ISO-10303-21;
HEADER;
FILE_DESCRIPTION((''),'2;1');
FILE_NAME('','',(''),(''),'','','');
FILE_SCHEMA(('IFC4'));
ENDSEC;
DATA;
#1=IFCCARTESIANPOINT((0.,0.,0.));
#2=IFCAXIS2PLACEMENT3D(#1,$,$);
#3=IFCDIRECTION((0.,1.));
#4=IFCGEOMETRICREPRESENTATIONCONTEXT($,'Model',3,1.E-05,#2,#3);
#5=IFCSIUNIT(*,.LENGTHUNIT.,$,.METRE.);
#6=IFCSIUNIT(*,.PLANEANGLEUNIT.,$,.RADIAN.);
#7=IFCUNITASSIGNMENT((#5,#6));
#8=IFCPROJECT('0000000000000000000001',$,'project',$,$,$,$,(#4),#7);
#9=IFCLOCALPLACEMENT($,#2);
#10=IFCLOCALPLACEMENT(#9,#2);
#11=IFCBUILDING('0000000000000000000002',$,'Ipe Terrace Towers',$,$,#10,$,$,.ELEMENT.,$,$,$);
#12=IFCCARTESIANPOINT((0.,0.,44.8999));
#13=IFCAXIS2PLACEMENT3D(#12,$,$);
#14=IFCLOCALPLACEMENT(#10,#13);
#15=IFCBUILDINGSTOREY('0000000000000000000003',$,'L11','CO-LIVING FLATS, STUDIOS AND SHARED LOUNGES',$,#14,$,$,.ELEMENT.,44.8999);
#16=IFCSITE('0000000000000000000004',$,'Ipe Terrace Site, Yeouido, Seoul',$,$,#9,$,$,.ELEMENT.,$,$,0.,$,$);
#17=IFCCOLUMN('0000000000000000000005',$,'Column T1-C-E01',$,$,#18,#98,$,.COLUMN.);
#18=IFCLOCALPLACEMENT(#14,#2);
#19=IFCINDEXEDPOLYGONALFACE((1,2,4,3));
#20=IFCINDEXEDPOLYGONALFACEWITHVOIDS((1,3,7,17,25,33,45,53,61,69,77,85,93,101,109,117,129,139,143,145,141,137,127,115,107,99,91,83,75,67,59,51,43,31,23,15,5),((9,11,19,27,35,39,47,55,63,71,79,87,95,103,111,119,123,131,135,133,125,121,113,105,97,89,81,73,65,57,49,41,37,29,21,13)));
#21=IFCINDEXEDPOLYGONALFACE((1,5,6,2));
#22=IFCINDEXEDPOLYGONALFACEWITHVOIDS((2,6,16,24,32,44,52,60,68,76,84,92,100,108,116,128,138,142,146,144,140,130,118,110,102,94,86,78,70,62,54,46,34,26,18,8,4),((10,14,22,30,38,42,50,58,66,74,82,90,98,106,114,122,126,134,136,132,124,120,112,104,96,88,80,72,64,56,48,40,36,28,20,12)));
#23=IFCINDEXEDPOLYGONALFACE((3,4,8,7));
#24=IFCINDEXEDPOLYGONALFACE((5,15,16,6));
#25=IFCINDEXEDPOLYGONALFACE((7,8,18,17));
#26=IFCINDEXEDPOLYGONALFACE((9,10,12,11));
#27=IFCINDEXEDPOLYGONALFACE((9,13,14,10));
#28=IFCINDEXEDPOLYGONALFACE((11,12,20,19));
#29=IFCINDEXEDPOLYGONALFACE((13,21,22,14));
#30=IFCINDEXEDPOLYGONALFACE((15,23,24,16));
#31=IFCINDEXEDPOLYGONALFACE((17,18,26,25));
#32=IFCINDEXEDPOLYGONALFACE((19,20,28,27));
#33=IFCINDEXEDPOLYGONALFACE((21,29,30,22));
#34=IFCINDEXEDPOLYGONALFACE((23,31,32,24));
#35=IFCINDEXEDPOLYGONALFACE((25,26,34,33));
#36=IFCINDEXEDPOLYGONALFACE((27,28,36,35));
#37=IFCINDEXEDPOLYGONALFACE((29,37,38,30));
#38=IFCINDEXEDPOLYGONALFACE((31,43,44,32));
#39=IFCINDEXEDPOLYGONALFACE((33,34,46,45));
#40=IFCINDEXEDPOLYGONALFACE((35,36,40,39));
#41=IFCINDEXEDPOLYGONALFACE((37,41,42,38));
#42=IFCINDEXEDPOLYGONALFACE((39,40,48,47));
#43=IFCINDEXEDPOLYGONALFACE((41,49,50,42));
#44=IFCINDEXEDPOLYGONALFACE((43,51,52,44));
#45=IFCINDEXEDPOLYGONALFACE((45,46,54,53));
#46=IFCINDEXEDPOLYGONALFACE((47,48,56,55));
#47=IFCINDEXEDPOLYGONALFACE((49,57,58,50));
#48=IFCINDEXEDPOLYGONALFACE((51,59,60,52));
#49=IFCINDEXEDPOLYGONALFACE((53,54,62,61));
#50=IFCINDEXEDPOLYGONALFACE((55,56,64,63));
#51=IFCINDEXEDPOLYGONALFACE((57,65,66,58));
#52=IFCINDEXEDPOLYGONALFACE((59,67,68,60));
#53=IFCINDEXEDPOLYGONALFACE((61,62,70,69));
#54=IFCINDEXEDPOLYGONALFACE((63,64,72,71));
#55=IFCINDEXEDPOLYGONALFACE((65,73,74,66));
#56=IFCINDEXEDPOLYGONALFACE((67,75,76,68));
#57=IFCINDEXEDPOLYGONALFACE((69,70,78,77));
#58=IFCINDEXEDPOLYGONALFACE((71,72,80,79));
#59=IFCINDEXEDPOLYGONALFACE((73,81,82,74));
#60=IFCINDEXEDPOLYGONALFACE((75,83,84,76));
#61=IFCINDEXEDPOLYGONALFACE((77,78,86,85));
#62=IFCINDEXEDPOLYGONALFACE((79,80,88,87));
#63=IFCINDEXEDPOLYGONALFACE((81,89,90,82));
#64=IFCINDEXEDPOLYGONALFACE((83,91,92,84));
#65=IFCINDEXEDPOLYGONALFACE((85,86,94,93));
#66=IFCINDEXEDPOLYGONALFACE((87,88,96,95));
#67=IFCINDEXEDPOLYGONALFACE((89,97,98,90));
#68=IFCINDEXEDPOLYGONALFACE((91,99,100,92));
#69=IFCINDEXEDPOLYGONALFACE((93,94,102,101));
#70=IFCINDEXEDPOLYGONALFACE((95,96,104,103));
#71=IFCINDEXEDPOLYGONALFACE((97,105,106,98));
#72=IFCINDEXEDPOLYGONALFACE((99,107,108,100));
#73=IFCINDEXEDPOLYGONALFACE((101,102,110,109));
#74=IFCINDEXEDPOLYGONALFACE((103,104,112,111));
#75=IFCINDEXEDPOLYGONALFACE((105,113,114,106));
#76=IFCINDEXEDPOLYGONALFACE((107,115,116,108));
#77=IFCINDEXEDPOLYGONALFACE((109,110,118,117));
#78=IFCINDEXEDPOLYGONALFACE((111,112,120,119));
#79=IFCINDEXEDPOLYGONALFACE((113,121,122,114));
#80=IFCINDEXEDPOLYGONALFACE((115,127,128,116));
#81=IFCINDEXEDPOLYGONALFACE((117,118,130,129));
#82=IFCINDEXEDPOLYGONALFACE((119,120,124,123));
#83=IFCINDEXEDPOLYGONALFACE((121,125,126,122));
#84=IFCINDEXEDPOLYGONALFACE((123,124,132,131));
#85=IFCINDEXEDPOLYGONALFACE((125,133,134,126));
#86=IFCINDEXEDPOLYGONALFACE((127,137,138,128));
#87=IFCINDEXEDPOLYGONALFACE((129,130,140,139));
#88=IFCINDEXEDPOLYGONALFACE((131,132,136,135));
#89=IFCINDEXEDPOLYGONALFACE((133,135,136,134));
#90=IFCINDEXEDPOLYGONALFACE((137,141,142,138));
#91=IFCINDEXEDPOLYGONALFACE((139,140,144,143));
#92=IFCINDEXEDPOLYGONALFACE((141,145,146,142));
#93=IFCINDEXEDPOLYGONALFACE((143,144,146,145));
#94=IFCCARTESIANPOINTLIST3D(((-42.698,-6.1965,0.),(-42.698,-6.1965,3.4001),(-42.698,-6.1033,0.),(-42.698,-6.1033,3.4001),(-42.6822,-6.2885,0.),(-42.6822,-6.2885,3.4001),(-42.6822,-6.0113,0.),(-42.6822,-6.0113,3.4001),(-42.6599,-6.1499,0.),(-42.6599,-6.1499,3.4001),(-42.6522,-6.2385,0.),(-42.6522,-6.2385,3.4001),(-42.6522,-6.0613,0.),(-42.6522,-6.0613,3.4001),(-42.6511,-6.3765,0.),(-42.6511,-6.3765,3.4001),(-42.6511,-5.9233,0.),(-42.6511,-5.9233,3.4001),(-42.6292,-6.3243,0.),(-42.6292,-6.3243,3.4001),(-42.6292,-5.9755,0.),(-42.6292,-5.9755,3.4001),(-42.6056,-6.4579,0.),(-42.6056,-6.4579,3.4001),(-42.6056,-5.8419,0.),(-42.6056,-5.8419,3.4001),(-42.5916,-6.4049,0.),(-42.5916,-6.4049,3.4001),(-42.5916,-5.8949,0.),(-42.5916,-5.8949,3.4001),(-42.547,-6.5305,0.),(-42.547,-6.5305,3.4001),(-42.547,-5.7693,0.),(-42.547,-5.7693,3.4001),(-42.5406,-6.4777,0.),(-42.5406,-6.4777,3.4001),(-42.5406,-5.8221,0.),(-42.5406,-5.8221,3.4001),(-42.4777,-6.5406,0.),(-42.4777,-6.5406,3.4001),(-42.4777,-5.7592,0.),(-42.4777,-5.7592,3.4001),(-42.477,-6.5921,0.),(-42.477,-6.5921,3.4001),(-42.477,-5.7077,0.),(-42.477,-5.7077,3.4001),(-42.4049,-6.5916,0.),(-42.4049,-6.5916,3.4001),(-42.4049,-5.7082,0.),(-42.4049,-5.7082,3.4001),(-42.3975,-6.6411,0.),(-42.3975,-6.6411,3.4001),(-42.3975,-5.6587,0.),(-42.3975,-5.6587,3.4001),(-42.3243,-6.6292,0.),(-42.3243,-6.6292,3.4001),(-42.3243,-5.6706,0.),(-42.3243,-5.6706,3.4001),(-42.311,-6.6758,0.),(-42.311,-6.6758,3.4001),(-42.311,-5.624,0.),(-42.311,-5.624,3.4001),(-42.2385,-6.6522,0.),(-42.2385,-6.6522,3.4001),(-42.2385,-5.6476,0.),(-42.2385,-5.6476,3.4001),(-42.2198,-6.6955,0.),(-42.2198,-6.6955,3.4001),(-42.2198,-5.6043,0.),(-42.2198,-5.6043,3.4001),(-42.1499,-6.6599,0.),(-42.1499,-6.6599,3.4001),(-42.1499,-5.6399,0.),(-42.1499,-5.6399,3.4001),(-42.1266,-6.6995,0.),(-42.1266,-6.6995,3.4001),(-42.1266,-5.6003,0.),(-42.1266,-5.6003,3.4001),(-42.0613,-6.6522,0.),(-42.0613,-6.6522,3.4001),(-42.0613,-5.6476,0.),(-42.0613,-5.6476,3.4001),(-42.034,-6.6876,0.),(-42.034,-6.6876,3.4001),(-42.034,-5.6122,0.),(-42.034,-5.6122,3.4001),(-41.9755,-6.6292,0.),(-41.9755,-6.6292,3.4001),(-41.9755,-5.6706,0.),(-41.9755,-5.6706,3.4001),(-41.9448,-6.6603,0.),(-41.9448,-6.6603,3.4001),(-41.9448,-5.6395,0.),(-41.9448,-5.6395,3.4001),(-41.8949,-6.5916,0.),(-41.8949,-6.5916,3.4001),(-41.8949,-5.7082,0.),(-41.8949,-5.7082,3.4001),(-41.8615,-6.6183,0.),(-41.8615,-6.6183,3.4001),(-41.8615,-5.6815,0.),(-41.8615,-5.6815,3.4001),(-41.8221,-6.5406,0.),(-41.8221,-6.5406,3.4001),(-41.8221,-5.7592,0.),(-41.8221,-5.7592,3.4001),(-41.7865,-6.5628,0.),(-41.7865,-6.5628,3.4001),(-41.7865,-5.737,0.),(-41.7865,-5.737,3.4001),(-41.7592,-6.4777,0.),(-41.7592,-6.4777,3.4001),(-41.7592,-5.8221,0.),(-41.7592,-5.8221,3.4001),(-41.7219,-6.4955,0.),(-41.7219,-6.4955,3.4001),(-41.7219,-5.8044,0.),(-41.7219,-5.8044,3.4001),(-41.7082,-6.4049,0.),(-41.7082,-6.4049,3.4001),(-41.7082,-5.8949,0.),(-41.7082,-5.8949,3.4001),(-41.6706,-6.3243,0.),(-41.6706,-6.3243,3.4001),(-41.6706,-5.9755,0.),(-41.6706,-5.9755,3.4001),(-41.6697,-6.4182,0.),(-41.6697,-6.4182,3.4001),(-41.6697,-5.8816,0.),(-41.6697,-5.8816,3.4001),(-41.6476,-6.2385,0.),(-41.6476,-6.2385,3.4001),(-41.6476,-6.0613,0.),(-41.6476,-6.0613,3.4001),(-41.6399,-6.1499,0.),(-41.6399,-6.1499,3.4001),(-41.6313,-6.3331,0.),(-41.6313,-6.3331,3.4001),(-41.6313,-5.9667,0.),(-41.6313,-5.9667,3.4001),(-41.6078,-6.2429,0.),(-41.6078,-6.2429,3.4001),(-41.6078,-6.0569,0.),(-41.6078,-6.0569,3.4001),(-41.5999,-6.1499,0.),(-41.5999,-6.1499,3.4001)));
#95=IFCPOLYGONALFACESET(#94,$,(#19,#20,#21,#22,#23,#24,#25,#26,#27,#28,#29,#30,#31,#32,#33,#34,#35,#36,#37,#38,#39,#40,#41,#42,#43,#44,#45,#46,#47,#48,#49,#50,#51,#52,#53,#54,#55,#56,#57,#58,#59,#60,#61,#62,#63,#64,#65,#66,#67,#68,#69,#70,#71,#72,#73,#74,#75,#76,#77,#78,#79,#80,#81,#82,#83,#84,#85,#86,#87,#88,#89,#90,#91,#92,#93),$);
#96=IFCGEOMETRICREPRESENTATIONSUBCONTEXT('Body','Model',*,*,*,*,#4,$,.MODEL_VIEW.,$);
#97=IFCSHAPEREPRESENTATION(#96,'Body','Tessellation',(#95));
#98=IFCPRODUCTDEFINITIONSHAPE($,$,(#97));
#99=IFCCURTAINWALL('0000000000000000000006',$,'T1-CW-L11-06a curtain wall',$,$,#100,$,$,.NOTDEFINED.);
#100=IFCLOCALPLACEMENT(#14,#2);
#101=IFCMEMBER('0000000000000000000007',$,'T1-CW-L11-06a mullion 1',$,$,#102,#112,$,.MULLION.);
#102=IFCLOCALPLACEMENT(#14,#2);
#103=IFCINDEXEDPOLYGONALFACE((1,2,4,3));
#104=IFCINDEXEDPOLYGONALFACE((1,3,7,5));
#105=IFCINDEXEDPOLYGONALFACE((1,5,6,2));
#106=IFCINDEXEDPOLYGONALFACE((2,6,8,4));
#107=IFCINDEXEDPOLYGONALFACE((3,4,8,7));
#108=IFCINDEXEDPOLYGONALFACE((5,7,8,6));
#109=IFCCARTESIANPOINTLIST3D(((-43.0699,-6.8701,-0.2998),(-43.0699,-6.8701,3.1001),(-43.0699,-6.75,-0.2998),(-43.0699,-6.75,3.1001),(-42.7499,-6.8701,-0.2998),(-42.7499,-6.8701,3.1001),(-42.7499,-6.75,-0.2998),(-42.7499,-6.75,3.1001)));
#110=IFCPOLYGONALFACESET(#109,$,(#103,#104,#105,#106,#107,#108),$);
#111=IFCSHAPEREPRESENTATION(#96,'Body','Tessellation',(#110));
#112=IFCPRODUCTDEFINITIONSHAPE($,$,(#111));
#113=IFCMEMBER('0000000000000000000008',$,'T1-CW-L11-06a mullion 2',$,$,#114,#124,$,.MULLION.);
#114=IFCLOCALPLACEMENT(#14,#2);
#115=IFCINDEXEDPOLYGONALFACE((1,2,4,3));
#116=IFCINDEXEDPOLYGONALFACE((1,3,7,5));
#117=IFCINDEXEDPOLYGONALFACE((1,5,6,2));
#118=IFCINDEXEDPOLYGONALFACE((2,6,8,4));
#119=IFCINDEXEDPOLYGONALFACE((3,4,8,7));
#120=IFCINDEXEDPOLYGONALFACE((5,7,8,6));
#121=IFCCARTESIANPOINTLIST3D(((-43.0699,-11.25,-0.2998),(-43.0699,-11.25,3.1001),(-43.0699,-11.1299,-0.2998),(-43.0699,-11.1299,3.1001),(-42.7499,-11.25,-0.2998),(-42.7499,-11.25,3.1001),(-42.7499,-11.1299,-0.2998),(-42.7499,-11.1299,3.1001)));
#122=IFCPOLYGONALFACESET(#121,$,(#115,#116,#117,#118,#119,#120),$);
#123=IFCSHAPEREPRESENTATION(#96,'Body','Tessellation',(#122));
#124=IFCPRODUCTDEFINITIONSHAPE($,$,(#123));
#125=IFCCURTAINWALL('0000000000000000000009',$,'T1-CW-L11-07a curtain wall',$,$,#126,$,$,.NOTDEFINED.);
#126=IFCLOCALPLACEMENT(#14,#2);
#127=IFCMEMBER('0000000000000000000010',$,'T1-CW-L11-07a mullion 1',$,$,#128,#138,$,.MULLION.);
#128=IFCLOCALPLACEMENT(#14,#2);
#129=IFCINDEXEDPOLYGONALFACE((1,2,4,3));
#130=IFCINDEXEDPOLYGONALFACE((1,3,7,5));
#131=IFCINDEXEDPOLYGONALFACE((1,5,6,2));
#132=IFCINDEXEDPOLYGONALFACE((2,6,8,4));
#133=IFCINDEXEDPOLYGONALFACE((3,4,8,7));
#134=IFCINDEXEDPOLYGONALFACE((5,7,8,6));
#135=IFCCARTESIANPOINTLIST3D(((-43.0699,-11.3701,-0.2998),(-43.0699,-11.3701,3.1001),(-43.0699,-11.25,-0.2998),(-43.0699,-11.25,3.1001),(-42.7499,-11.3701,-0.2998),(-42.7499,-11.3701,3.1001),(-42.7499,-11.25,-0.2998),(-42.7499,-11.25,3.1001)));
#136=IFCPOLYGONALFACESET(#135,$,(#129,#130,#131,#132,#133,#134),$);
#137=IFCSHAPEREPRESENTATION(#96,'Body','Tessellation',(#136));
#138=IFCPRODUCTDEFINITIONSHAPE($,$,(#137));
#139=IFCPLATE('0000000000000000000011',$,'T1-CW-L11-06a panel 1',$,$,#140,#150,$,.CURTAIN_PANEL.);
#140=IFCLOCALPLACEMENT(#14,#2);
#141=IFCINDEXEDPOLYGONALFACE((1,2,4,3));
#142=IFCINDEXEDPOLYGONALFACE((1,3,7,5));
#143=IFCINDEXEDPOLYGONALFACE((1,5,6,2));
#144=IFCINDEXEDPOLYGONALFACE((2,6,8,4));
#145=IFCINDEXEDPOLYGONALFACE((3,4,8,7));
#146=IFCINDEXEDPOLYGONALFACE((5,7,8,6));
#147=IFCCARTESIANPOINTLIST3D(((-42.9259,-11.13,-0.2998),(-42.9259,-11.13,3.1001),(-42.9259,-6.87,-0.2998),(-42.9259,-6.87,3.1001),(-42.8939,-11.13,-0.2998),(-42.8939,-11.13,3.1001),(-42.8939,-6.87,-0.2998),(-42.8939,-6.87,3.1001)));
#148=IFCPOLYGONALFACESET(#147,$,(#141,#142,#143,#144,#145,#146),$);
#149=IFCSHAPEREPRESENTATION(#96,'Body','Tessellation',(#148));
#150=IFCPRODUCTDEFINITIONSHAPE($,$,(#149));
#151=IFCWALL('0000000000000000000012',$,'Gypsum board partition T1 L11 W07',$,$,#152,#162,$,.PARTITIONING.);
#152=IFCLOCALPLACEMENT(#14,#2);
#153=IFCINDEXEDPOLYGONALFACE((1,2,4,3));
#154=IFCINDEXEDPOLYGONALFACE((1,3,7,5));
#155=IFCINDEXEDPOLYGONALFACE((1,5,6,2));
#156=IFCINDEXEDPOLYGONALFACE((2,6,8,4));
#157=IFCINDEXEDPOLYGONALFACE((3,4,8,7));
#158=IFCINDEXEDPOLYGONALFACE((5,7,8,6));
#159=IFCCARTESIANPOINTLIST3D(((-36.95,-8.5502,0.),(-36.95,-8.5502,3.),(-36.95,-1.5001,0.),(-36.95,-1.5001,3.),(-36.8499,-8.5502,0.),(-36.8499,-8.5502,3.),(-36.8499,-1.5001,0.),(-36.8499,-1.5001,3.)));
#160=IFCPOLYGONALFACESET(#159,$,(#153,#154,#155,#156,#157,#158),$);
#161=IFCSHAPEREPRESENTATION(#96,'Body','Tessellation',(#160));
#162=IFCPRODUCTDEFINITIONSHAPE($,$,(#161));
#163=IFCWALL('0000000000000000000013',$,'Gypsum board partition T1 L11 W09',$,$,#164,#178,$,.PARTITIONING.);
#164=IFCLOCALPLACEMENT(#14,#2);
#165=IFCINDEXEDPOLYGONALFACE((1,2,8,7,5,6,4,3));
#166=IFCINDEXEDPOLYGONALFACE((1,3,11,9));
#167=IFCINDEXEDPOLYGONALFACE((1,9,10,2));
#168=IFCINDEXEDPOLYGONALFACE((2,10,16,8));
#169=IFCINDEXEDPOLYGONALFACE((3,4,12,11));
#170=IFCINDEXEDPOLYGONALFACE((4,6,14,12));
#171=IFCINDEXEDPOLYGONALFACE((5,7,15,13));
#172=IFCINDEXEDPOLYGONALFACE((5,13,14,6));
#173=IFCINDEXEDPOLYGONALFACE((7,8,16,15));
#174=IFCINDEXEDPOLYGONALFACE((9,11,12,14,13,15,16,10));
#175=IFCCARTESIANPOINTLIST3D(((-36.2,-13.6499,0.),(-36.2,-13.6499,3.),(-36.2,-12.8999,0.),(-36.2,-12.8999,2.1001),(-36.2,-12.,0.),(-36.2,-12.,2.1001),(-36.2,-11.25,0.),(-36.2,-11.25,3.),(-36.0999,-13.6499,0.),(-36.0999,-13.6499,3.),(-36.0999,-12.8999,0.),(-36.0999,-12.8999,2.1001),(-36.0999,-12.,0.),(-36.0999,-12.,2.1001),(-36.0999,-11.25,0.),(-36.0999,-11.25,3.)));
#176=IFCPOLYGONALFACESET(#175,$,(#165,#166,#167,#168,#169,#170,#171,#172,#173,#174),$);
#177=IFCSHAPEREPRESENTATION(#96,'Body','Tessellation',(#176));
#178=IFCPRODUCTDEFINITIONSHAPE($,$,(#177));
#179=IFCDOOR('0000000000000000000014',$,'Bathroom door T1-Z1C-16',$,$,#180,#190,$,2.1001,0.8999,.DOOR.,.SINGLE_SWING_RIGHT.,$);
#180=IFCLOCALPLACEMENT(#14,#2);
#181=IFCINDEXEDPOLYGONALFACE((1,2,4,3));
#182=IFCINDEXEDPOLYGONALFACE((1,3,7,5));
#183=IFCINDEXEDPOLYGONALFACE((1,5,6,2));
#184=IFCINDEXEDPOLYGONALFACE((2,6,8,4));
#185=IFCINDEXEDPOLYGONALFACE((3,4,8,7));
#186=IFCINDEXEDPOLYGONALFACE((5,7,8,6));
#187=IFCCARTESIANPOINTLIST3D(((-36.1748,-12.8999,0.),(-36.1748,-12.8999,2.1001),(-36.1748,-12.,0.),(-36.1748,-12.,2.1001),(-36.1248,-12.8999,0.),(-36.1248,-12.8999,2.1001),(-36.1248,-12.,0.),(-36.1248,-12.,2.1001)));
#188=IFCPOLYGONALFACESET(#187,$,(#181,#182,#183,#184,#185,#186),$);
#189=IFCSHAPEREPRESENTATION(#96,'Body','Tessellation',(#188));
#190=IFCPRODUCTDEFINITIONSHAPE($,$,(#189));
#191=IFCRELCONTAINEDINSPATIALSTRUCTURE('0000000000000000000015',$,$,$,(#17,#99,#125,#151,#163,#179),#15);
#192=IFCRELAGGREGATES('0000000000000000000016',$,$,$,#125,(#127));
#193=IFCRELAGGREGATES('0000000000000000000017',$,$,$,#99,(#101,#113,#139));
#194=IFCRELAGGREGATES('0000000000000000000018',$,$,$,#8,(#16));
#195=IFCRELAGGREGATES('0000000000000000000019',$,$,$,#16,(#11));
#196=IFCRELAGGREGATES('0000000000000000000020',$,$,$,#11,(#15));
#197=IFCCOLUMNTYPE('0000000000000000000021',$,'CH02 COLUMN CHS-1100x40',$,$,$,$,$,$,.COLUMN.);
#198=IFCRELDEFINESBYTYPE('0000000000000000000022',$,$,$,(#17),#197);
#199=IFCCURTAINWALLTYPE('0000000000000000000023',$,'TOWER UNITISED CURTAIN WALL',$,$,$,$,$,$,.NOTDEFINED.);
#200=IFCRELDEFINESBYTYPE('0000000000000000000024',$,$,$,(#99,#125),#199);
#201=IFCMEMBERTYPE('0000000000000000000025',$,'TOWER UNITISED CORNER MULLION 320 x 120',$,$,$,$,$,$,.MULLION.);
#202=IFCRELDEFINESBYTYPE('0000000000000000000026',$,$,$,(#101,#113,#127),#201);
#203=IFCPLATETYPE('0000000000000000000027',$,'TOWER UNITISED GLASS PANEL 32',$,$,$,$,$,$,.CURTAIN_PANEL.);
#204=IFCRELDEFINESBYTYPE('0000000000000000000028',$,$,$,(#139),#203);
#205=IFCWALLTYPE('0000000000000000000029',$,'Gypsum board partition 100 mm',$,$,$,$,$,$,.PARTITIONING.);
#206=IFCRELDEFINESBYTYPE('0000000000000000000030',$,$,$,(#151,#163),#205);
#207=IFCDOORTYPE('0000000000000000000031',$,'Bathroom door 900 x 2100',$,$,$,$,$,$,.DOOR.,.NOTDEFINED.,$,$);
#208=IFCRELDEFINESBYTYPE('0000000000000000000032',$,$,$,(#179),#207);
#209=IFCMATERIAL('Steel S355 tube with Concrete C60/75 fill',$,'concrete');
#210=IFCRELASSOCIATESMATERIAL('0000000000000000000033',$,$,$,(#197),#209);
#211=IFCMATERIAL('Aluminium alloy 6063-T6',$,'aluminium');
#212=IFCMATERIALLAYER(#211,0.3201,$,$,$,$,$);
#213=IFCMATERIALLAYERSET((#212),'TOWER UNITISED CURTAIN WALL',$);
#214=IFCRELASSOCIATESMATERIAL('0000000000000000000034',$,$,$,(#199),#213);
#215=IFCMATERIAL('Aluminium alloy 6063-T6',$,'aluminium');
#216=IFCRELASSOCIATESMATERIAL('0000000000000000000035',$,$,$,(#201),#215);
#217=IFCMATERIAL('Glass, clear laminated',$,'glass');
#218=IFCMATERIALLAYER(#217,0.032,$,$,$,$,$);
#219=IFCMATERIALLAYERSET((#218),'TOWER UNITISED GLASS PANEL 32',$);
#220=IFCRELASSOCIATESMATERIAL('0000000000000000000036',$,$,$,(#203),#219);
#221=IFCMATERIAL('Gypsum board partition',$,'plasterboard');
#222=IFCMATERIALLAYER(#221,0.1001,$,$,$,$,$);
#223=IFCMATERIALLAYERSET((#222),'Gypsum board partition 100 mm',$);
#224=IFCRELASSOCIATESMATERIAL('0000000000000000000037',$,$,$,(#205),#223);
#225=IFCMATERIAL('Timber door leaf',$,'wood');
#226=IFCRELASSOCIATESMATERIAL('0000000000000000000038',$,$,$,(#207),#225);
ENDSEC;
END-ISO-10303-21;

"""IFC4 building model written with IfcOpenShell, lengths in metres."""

from ifc_helpers import new_model, si_unit, direction, frame, frame_2d, origin, origin_2d, place, context, subcontext, project, spatial, rectangle, hollow_circle, extrude, material, layer, layer_set, material_profile, profile_set, type_object, element, fill, aggregate, save


model = new_model("IFC4")

# Units and contexts
model_context = context("Model", 3, precision=1e-05, world=origin(), true_north=direction((0.0, 1.0)))
body_context = subcontext(model_context, "Body", "Model", "MODEL_VIEW")
ifc_project = project(units=[si_unit("LENGTHUNIT", "METRE"), si_unit("PLANEANGLEUNIT", "RADIAN")], contexts=[model_context])

# Site, building, storey
site_placement = place(None, origin())
site = spatial("IfcSite", under=ifc_project, at=site_placement, Name="Ipe Terrace Site, Yeouido, Seoul", CompositionType="ELEMENT", RefElevation=0.0)
building_placement = place(site_placement, origin())
building = spatial("IfcBuilding", under=site, at=building_placement, Name="Ipe Terrace Towers", CompositionType="ELEMENT")
storey_placement = place(building_placement, frame((0.0, 0.0, 44.8999)))
storey = spatial("IfcBuildingStorey", under=building, at=storey_placement, Name="L11", Description="CO-LIVING FLATS, STUDIOS AND SHARED LOUNGES", CompositionType="ELEMENT", Elevation=44.8999)

# Column
ifc_material_1 = material(Name="Steel S355 tube with Concrete C60/75 fill", Category="concrete")
ifc_material_profile_1 = material_profile(ifc_material_1, hollow_circle(Radius=0.55, WallThickness=0.04, at=origin_2d()), Name="CHS-1100x40")
ifc_profile_set_1 = profile_set([ifc_material_profile_1], Name="Steel S355 tube with Concrete C60/75 fill")
column_type = type_object("IfcColumnType", Name="CH02 COLUMN CHS-1100x40", PredefinedType="COLUMN", material=ifc_profile_set_1)
column_placement = place(storey_placement, frame((-42.1499, -6.1499, 0.0), z_axis=(0.0, 0.0, 1.0), x_axis=(1.0, 0.0, 0.0)))
element("IfcColumn", 1, at=column_placement, inside=storey, type_object=column_type, Name="Column T1-C-E01", PredefinedType="COLUMN", context=body_context, shape_type="SweptSolid", body=[
    extrude(hollow_circle(Radius=0.55, WallThickness=0.04, at=origin_2d()), origin(), (0.0, 0.0, 1.0), 3.4001),
])

# Curtain wall, members
ifc_material_2 = material(Name="Aluminium alloy 6063-T6", Category="aluminium")
ifc_layer_1 = layer(ifc_material_2, 0.3201)
ifc_layer_set_1 = layer_set([ifc_layer_1], Name="TOWER UNITISED CURTAIN WALL")
curtain_wall_type = type_object("IfcCurtainWallType", Name="TOWER UNITISED CURTAIN WALL", PredefinedType="NOTDEFINED", material=ifc_layer_set_1)
curtain_wall_1_placement = place(storey_placement, origin())
curtain_wall_1 = element("IfcCurtainWall", 2, at=curtain_wall_1_placement, inside=storey, type_object=curtain_wall_type, Name="T1-CW-L11-06a curtain wall", PredefinedType="NOTDEFINED")
ifc_material_3 = material(Name="Aluminium alloy 6063-T6", Category="aluminium")
ifc_material_profile_2 = material_profile(ifc_material_3, rectangle(XDim=0.3201, YDim=0.1201, at=origin_2d()), Name="TOWER UNITISED CORNER MULLION 320 x 120")
ifc_profile_set_2 = profile_set([ifc_material_profile_2], Name="Aluminium alloy 6063-T6")
member_type = type_object("IfcMemberType", Name="TOWER UNITISED CORNER MULLION 320 x 120", PredefinedType="MULLION", material=ifc_profile_set_2)
member_1_placement = place(storey_placement, frame((-42.9099, -6.8101, -0.2998), z_axis=(0.0, 0.0, 1.0), x_axis=(-1.0, 0.0, 0.0)))
member_1 = element("IfcMember", 3, at=member_1_placement, type_object=member_type, Name="T1-CW-L11-06a mullion 1", PredefinedType="MULLION", context=body_context, shape_type="SweptSolid", body=[
    extrude(rectangle(XDim=0.3201, YDim=0.1201, at=origin_2d()), origin(), (0.0, 0.0, 1.0), 3.3999),
])
member_2_placement = place(storey_placement, frame((-42.9099, -11.1899, -0.2998), z_axis=(0.0, 0.0, 1.0), x_axis=(-1.0, 0.0, 0.0)))
member_2 = element("IfcMember", 4, at=member_2_placement, type_object=member_type, Name="T1-CW-L11-06a mullion 2", PredefinedType="MULLION", context=body_context, shape_type="SweptSolid", body=[
    extrude(rectangle(XDim=0.3201, YDim=0.1201, at=origin_2d()), origin(), (0.0, 0.0, 1.0), 3.3999),
])

# Curtain wall, member
curtain_wall_2_placement = place(storey_placement, origin())
curtain_wall_2 = element("IfcCurtainWall", 5, at=curtain_wall_2_placement, inside=storey, type_object=curtain_wall_type, Name="T1-CW-L11-07a curtain wall", PredefinedType="NOTDEFINED")
member_3_placement = place(storey_placement, frame((-42.9099, -11.3101, -0.2998), z_axis=(0.0, 0.0, 1.0), x_axis=(-1.0, 0.0, 0.0)))
member_3 = element("IfcMember", 6, at=member_3_placement, type_object=member_type, Name="T1-CW-L11-07a mullion 1", PredefinedType="MULLION", context=body_context, shape_type="SweptSolid", body=[
    extrude(rectangle(XDim=0.3201, YDim=0.1201, at=origin_2d()), origin(), (0.0, 0.0, 1.0), 3.3999),
])
aggregate(curtain_wall_2, [member_3])

# Plate
ifc_material_4 = material(Name="Glass, clear laminated", Category="glass")
ifc_layer_2 = layer(ifc_material_4, 0.032)
ifc_layer_set_2 = layer_set([ifc_layer_2], Name="TOWER UNITISED GLASS PANEL 32")
plate_type = type_object("IfcPlateType", Name="TOWER UNITISED GLASS PANEL 32", PredefinedType="CURTAIN_PANEL", material=ifc_layer_set_2)
plate_placement = place(storey_placement, frame((-42.9099, -9.0, -0.2998), z_axis=(0.0, 0.0, 1.0), x_axis=(0.0, -1.0, 0.0)))
plate = element("IfcPlate", 7, at=plate_placement, type_object=plate_type, Name="T1-CW-L11-06a panel 1", PredefinedType="CURTAIN_PANEL", context=body_context, shape_type="SweptSolid", body=[
    extrude(rectangle(XDim=4.26, YDim=0.032, at=origin_2d()), origin(), (0.0, 0.0, 1.0), 3.3999),
])
aggregate(curtain_wall_1, [member_1, member_2, plate])

# Wall
ifc_material_5 = material(Name="Gypsum board partition", Category="plasterboard")
ifc_layer_3 = layer(ifc_material_5, 0.1001)
ifc_layer_set_3 = layer_set([ifc_layer_3], Name="Gypsum board partition 100 mm")
wall_type_1 = type_object("IfcWallType", Name="Gypsum board partition 100 mm", PredefinedType="PARTITIONING", material=ifc_layer_set_3)
wall_1_placement = place(storey_placement, frame((-36.8999, -8.55, 0.0), z_axis=(0.0, 0.0, 1.0), x_axis=(0.0, 1.0, 0.0)))
element("IfcWall", 8, at=wall_1_placement, inside=storey, type_object=wall_type_1, Name="Gypsum board partition T1 L11 W07", PredefinedType="PARTITIONING", context=body_context, shape_type="SweptSolid", body=[
    extrude(rectangle(XDim=7.05, YDim=0.1001, at=frame_2d((3.5249, 0.0))), origin(), (0.0, 0.0, 1.0), 3.0),
])

# Wall, opening, door
wall_2_placement = place(storey_placement, frame((-36.1499, -13.6499, 0.0), z_axis=(0.0, 0.0, 1.0), x_axis=(0.0, 1.0, 0.0)))
wall_2 = element("IfcWall", 9, at=wall_2_placement, inside=storey, type_object=wall_type_1, Name="Gypsum board partition T1 L11 W09", PredefinedType="PARTITIONING", context=body_context, shape_type="SweptSolid", body=[
    extrude(rectangle(XDim=2.3999, YDim=0.1001, at=frame_2d((1.2, 0.0))), origin(), (0.0, 0.0, 1.0), 3.0),
])
opening_1_placement = place(wall_2_placement, frame((0.75, 0.0, 0.0)))
opening_1 = element("IfcOpeningElement", 10, at=opening_1_placement, cuts=wall_2, PredefinedType="OPENING", context=body_context, shape_type="SweptSolid", body=[
    extrude(rectangle(XDim=0.8999, YDim=2.1001, at=frame_2d((0.45, 1.05))), frame((0.0, 0.0601, 0.0), z_axis=(0.0, -1.0, 0.0), x_axis=(1.0, 0.0, 0.0)), (0.0, 0.0, 1.0), 0.1201),
])
ifc_material_6 = material(Name="Timber door leaf", Category="wood")
door_type_1 = type_object("IfcDoorType", Name="Bathroom door 900 x 2100", OperationType="NOTDEFINED", PredefinedType="DOOR", material=ifc_material_6)
door_1_placement = place(opening_1_placement, origin())
door_1 = element("IfcDoor", 11, at=door_1_placement, inside=storey, type_object=door_type_1, Name="Bathroom door T1-Z1C-16", OperationType="SINGLE_SWING_RIGHT", OverallHeight=2.1001, OverallWidth=0.8999, PredefinedType="DOOR", context=body_context, shape_type="SweptSolid", body=[
    extrude(rectangle(XDim=0.8999, YDim=2.1001, at=frame_2d((0.45, 1.05))), frame((0.0, 0.0249, 0.0), z_axis=(0.0, -1.0, 0.0), x_axis=(1.0, 0.0, 0.0)), (0.0, 0.0, 1.0), 0.05),
])
fill(opening_1, door_1)

save(model, "model.ifc")
